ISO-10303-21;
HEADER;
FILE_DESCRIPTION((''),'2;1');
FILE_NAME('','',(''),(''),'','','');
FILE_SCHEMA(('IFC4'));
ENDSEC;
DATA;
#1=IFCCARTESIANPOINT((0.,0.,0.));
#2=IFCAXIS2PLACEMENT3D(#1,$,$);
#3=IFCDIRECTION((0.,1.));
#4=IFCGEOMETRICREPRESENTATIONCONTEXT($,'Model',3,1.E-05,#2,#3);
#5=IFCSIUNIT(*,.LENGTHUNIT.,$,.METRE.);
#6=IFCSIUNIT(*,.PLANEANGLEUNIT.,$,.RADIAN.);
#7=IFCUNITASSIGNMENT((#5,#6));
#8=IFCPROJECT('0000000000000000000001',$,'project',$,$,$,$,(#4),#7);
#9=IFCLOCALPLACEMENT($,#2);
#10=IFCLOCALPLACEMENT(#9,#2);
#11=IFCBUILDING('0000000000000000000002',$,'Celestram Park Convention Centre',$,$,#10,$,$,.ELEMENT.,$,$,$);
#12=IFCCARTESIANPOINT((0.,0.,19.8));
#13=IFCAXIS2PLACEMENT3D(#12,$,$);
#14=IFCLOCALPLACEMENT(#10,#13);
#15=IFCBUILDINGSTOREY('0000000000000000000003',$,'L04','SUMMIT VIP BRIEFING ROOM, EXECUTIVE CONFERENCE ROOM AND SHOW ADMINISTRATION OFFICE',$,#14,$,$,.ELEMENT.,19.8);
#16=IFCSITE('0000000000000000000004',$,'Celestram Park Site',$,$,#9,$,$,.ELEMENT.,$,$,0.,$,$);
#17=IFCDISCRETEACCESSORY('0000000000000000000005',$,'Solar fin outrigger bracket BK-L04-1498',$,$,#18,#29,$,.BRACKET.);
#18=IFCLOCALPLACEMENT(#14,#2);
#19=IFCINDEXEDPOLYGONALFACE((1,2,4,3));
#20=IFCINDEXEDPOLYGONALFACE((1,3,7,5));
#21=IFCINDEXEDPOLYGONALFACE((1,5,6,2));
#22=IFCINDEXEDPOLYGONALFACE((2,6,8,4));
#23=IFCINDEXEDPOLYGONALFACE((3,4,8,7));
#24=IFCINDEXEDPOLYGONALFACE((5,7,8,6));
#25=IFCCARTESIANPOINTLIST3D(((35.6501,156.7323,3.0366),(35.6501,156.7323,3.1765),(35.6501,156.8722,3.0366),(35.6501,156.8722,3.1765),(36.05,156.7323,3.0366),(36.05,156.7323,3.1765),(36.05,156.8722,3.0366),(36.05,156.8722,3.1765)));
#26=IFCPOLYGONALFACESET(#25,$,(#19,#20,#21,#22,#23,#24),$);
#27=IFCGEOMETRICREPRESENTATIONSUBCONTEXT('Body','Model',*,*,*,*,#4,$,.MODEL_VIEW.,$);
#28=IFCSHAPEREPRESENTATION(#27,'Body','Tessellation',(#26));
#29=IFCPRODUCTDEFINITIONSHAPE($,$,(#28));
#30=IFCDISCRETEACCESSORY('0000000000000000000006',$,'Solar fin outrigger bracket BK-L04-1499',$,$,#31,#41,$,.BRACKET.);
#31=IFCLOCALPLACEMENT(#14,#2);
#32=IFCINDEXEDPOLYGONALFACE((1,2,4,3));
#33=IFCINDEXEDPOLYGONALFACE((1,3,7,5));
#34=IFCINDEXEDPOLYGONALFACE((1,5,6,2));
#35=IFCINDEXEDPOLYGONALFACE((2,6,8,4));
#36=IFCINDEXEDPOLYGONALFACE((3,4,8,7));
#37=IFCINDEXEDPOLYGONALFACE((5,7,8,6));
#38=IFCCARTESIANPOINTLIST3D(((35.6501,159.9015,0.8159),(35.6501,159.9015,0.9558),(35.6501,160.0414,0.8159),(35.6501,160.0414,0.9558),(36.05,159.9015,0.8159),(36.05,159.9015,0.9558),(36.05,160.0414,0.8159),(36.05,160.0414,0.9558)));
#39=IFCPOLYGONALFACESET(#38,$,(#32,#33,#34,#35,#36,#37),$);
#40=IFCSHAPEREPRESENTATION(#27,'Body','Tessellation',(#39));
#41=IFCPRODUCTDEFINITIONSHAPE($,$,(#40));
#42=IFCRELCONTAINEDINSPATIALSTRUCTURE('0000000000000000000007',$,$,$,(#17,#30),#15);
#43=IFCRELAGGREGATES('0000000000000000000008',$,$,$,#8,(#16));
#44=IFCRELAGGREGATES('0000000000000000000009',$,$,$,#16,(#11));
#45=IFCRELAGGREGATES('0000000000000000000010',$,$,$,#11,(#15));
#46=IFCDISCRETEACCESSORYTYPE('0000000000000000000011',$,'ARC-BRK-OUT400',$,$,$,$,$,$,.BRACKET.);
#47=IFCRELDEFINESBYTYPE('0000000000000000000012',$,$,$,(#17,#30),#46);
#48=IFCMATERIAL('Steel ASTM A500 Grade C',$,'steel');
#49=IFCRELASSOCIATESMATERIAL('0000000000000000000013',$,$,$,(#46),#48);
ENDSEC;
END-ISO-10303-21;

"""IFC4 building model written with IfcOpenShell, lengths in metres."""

from ifc_helpers import new_model, si_unit, direction, frame, origin, origin_2d, place, context, subcontext, project, spatial, rectangle, extrude, material, type_object, element, save


model = new_model("IFC4")

# Units and contexts
model_context = context("Model", 3, precision=1e-05, world=origin(), true_north=direction((0.0, 1.0)))
body_context = subcontext(model_context, "Body", "Model", "MODEL_VIEW")
ifc_project = project(units=[si_unit("LENGTHUNIT", "METRE"), si_unit("PLANEANGLEUNIT", "RADIAN")], contexts=[model_context])

# Site, building, storey
site_placement = place(None, origin())
site = spatial("IfcSite", under=ifc_project, at=site_placement, Name="Celestram Park Site", CompositionType="ELEMENT", RefElevation=0.0)
building_placement = place(site_placement, origin())
building = spatial("IfcBuilding", under=site, at=building_placement, Name="Celestram Park Convention Centre", CompositionType="ELEMENT")
storey_placement = place(building_placement, frame((0.0, 0.0, 19.8)))
storey = spatial("IfcBuildingStorey", under=building, at=storey_placement, Name="L04", Description="SUMMIT VIP BRIEFING ROOM, EXECUTIVE CONFERENCE ROOM AND SHOW ADMINISTRATION OFFICE", CompositionType="ELEMENT", Elevation=19.8)

# Shared definitions
ifc_material_1 = material(Name="Steel ASTM A500 Grade C", Category="steel")

# Discrete accessories
discrete_accessory_type = type_object("IfcDiscreteAccessoryType", Name="ARC-BRK-OUT400", PredefinedType="BRACKET", material=ifc_material_1)
for number, where, z_axis, x_axis, name in (
    (1, (35.8501, 156.8022, 3.0366), (0.0, 0.0, 1.0), (-1.0, 0.0, 0.0), "Solar fin outrigger bracket BK-L04-1498"),
    (2, (35.8501, 159.9714, 0.8159), (0.0, 0.0, 1.0), (-1.0, 0.0, 0.0), "Solar fin outrigger bracket BK-L04-1499"),
):
    element("IfcDiscreteAccessory", number, at=place(storey_placement, frame(where, z_axis=z_axis, x_axis=x_axis)), inside=storey, type_object=discrete_accessory_type, Name=name, PredefinedType="BRACKET", context=body_context, shape_type="SweptSolid", body=[
        extrude(rectangle(XDim=0.3999, YDim=0.1399, at=origin_2d()), origin(), (0.0, 0.0, 1.0), 0.1399),
    ])

save(model, "model.ifc")
